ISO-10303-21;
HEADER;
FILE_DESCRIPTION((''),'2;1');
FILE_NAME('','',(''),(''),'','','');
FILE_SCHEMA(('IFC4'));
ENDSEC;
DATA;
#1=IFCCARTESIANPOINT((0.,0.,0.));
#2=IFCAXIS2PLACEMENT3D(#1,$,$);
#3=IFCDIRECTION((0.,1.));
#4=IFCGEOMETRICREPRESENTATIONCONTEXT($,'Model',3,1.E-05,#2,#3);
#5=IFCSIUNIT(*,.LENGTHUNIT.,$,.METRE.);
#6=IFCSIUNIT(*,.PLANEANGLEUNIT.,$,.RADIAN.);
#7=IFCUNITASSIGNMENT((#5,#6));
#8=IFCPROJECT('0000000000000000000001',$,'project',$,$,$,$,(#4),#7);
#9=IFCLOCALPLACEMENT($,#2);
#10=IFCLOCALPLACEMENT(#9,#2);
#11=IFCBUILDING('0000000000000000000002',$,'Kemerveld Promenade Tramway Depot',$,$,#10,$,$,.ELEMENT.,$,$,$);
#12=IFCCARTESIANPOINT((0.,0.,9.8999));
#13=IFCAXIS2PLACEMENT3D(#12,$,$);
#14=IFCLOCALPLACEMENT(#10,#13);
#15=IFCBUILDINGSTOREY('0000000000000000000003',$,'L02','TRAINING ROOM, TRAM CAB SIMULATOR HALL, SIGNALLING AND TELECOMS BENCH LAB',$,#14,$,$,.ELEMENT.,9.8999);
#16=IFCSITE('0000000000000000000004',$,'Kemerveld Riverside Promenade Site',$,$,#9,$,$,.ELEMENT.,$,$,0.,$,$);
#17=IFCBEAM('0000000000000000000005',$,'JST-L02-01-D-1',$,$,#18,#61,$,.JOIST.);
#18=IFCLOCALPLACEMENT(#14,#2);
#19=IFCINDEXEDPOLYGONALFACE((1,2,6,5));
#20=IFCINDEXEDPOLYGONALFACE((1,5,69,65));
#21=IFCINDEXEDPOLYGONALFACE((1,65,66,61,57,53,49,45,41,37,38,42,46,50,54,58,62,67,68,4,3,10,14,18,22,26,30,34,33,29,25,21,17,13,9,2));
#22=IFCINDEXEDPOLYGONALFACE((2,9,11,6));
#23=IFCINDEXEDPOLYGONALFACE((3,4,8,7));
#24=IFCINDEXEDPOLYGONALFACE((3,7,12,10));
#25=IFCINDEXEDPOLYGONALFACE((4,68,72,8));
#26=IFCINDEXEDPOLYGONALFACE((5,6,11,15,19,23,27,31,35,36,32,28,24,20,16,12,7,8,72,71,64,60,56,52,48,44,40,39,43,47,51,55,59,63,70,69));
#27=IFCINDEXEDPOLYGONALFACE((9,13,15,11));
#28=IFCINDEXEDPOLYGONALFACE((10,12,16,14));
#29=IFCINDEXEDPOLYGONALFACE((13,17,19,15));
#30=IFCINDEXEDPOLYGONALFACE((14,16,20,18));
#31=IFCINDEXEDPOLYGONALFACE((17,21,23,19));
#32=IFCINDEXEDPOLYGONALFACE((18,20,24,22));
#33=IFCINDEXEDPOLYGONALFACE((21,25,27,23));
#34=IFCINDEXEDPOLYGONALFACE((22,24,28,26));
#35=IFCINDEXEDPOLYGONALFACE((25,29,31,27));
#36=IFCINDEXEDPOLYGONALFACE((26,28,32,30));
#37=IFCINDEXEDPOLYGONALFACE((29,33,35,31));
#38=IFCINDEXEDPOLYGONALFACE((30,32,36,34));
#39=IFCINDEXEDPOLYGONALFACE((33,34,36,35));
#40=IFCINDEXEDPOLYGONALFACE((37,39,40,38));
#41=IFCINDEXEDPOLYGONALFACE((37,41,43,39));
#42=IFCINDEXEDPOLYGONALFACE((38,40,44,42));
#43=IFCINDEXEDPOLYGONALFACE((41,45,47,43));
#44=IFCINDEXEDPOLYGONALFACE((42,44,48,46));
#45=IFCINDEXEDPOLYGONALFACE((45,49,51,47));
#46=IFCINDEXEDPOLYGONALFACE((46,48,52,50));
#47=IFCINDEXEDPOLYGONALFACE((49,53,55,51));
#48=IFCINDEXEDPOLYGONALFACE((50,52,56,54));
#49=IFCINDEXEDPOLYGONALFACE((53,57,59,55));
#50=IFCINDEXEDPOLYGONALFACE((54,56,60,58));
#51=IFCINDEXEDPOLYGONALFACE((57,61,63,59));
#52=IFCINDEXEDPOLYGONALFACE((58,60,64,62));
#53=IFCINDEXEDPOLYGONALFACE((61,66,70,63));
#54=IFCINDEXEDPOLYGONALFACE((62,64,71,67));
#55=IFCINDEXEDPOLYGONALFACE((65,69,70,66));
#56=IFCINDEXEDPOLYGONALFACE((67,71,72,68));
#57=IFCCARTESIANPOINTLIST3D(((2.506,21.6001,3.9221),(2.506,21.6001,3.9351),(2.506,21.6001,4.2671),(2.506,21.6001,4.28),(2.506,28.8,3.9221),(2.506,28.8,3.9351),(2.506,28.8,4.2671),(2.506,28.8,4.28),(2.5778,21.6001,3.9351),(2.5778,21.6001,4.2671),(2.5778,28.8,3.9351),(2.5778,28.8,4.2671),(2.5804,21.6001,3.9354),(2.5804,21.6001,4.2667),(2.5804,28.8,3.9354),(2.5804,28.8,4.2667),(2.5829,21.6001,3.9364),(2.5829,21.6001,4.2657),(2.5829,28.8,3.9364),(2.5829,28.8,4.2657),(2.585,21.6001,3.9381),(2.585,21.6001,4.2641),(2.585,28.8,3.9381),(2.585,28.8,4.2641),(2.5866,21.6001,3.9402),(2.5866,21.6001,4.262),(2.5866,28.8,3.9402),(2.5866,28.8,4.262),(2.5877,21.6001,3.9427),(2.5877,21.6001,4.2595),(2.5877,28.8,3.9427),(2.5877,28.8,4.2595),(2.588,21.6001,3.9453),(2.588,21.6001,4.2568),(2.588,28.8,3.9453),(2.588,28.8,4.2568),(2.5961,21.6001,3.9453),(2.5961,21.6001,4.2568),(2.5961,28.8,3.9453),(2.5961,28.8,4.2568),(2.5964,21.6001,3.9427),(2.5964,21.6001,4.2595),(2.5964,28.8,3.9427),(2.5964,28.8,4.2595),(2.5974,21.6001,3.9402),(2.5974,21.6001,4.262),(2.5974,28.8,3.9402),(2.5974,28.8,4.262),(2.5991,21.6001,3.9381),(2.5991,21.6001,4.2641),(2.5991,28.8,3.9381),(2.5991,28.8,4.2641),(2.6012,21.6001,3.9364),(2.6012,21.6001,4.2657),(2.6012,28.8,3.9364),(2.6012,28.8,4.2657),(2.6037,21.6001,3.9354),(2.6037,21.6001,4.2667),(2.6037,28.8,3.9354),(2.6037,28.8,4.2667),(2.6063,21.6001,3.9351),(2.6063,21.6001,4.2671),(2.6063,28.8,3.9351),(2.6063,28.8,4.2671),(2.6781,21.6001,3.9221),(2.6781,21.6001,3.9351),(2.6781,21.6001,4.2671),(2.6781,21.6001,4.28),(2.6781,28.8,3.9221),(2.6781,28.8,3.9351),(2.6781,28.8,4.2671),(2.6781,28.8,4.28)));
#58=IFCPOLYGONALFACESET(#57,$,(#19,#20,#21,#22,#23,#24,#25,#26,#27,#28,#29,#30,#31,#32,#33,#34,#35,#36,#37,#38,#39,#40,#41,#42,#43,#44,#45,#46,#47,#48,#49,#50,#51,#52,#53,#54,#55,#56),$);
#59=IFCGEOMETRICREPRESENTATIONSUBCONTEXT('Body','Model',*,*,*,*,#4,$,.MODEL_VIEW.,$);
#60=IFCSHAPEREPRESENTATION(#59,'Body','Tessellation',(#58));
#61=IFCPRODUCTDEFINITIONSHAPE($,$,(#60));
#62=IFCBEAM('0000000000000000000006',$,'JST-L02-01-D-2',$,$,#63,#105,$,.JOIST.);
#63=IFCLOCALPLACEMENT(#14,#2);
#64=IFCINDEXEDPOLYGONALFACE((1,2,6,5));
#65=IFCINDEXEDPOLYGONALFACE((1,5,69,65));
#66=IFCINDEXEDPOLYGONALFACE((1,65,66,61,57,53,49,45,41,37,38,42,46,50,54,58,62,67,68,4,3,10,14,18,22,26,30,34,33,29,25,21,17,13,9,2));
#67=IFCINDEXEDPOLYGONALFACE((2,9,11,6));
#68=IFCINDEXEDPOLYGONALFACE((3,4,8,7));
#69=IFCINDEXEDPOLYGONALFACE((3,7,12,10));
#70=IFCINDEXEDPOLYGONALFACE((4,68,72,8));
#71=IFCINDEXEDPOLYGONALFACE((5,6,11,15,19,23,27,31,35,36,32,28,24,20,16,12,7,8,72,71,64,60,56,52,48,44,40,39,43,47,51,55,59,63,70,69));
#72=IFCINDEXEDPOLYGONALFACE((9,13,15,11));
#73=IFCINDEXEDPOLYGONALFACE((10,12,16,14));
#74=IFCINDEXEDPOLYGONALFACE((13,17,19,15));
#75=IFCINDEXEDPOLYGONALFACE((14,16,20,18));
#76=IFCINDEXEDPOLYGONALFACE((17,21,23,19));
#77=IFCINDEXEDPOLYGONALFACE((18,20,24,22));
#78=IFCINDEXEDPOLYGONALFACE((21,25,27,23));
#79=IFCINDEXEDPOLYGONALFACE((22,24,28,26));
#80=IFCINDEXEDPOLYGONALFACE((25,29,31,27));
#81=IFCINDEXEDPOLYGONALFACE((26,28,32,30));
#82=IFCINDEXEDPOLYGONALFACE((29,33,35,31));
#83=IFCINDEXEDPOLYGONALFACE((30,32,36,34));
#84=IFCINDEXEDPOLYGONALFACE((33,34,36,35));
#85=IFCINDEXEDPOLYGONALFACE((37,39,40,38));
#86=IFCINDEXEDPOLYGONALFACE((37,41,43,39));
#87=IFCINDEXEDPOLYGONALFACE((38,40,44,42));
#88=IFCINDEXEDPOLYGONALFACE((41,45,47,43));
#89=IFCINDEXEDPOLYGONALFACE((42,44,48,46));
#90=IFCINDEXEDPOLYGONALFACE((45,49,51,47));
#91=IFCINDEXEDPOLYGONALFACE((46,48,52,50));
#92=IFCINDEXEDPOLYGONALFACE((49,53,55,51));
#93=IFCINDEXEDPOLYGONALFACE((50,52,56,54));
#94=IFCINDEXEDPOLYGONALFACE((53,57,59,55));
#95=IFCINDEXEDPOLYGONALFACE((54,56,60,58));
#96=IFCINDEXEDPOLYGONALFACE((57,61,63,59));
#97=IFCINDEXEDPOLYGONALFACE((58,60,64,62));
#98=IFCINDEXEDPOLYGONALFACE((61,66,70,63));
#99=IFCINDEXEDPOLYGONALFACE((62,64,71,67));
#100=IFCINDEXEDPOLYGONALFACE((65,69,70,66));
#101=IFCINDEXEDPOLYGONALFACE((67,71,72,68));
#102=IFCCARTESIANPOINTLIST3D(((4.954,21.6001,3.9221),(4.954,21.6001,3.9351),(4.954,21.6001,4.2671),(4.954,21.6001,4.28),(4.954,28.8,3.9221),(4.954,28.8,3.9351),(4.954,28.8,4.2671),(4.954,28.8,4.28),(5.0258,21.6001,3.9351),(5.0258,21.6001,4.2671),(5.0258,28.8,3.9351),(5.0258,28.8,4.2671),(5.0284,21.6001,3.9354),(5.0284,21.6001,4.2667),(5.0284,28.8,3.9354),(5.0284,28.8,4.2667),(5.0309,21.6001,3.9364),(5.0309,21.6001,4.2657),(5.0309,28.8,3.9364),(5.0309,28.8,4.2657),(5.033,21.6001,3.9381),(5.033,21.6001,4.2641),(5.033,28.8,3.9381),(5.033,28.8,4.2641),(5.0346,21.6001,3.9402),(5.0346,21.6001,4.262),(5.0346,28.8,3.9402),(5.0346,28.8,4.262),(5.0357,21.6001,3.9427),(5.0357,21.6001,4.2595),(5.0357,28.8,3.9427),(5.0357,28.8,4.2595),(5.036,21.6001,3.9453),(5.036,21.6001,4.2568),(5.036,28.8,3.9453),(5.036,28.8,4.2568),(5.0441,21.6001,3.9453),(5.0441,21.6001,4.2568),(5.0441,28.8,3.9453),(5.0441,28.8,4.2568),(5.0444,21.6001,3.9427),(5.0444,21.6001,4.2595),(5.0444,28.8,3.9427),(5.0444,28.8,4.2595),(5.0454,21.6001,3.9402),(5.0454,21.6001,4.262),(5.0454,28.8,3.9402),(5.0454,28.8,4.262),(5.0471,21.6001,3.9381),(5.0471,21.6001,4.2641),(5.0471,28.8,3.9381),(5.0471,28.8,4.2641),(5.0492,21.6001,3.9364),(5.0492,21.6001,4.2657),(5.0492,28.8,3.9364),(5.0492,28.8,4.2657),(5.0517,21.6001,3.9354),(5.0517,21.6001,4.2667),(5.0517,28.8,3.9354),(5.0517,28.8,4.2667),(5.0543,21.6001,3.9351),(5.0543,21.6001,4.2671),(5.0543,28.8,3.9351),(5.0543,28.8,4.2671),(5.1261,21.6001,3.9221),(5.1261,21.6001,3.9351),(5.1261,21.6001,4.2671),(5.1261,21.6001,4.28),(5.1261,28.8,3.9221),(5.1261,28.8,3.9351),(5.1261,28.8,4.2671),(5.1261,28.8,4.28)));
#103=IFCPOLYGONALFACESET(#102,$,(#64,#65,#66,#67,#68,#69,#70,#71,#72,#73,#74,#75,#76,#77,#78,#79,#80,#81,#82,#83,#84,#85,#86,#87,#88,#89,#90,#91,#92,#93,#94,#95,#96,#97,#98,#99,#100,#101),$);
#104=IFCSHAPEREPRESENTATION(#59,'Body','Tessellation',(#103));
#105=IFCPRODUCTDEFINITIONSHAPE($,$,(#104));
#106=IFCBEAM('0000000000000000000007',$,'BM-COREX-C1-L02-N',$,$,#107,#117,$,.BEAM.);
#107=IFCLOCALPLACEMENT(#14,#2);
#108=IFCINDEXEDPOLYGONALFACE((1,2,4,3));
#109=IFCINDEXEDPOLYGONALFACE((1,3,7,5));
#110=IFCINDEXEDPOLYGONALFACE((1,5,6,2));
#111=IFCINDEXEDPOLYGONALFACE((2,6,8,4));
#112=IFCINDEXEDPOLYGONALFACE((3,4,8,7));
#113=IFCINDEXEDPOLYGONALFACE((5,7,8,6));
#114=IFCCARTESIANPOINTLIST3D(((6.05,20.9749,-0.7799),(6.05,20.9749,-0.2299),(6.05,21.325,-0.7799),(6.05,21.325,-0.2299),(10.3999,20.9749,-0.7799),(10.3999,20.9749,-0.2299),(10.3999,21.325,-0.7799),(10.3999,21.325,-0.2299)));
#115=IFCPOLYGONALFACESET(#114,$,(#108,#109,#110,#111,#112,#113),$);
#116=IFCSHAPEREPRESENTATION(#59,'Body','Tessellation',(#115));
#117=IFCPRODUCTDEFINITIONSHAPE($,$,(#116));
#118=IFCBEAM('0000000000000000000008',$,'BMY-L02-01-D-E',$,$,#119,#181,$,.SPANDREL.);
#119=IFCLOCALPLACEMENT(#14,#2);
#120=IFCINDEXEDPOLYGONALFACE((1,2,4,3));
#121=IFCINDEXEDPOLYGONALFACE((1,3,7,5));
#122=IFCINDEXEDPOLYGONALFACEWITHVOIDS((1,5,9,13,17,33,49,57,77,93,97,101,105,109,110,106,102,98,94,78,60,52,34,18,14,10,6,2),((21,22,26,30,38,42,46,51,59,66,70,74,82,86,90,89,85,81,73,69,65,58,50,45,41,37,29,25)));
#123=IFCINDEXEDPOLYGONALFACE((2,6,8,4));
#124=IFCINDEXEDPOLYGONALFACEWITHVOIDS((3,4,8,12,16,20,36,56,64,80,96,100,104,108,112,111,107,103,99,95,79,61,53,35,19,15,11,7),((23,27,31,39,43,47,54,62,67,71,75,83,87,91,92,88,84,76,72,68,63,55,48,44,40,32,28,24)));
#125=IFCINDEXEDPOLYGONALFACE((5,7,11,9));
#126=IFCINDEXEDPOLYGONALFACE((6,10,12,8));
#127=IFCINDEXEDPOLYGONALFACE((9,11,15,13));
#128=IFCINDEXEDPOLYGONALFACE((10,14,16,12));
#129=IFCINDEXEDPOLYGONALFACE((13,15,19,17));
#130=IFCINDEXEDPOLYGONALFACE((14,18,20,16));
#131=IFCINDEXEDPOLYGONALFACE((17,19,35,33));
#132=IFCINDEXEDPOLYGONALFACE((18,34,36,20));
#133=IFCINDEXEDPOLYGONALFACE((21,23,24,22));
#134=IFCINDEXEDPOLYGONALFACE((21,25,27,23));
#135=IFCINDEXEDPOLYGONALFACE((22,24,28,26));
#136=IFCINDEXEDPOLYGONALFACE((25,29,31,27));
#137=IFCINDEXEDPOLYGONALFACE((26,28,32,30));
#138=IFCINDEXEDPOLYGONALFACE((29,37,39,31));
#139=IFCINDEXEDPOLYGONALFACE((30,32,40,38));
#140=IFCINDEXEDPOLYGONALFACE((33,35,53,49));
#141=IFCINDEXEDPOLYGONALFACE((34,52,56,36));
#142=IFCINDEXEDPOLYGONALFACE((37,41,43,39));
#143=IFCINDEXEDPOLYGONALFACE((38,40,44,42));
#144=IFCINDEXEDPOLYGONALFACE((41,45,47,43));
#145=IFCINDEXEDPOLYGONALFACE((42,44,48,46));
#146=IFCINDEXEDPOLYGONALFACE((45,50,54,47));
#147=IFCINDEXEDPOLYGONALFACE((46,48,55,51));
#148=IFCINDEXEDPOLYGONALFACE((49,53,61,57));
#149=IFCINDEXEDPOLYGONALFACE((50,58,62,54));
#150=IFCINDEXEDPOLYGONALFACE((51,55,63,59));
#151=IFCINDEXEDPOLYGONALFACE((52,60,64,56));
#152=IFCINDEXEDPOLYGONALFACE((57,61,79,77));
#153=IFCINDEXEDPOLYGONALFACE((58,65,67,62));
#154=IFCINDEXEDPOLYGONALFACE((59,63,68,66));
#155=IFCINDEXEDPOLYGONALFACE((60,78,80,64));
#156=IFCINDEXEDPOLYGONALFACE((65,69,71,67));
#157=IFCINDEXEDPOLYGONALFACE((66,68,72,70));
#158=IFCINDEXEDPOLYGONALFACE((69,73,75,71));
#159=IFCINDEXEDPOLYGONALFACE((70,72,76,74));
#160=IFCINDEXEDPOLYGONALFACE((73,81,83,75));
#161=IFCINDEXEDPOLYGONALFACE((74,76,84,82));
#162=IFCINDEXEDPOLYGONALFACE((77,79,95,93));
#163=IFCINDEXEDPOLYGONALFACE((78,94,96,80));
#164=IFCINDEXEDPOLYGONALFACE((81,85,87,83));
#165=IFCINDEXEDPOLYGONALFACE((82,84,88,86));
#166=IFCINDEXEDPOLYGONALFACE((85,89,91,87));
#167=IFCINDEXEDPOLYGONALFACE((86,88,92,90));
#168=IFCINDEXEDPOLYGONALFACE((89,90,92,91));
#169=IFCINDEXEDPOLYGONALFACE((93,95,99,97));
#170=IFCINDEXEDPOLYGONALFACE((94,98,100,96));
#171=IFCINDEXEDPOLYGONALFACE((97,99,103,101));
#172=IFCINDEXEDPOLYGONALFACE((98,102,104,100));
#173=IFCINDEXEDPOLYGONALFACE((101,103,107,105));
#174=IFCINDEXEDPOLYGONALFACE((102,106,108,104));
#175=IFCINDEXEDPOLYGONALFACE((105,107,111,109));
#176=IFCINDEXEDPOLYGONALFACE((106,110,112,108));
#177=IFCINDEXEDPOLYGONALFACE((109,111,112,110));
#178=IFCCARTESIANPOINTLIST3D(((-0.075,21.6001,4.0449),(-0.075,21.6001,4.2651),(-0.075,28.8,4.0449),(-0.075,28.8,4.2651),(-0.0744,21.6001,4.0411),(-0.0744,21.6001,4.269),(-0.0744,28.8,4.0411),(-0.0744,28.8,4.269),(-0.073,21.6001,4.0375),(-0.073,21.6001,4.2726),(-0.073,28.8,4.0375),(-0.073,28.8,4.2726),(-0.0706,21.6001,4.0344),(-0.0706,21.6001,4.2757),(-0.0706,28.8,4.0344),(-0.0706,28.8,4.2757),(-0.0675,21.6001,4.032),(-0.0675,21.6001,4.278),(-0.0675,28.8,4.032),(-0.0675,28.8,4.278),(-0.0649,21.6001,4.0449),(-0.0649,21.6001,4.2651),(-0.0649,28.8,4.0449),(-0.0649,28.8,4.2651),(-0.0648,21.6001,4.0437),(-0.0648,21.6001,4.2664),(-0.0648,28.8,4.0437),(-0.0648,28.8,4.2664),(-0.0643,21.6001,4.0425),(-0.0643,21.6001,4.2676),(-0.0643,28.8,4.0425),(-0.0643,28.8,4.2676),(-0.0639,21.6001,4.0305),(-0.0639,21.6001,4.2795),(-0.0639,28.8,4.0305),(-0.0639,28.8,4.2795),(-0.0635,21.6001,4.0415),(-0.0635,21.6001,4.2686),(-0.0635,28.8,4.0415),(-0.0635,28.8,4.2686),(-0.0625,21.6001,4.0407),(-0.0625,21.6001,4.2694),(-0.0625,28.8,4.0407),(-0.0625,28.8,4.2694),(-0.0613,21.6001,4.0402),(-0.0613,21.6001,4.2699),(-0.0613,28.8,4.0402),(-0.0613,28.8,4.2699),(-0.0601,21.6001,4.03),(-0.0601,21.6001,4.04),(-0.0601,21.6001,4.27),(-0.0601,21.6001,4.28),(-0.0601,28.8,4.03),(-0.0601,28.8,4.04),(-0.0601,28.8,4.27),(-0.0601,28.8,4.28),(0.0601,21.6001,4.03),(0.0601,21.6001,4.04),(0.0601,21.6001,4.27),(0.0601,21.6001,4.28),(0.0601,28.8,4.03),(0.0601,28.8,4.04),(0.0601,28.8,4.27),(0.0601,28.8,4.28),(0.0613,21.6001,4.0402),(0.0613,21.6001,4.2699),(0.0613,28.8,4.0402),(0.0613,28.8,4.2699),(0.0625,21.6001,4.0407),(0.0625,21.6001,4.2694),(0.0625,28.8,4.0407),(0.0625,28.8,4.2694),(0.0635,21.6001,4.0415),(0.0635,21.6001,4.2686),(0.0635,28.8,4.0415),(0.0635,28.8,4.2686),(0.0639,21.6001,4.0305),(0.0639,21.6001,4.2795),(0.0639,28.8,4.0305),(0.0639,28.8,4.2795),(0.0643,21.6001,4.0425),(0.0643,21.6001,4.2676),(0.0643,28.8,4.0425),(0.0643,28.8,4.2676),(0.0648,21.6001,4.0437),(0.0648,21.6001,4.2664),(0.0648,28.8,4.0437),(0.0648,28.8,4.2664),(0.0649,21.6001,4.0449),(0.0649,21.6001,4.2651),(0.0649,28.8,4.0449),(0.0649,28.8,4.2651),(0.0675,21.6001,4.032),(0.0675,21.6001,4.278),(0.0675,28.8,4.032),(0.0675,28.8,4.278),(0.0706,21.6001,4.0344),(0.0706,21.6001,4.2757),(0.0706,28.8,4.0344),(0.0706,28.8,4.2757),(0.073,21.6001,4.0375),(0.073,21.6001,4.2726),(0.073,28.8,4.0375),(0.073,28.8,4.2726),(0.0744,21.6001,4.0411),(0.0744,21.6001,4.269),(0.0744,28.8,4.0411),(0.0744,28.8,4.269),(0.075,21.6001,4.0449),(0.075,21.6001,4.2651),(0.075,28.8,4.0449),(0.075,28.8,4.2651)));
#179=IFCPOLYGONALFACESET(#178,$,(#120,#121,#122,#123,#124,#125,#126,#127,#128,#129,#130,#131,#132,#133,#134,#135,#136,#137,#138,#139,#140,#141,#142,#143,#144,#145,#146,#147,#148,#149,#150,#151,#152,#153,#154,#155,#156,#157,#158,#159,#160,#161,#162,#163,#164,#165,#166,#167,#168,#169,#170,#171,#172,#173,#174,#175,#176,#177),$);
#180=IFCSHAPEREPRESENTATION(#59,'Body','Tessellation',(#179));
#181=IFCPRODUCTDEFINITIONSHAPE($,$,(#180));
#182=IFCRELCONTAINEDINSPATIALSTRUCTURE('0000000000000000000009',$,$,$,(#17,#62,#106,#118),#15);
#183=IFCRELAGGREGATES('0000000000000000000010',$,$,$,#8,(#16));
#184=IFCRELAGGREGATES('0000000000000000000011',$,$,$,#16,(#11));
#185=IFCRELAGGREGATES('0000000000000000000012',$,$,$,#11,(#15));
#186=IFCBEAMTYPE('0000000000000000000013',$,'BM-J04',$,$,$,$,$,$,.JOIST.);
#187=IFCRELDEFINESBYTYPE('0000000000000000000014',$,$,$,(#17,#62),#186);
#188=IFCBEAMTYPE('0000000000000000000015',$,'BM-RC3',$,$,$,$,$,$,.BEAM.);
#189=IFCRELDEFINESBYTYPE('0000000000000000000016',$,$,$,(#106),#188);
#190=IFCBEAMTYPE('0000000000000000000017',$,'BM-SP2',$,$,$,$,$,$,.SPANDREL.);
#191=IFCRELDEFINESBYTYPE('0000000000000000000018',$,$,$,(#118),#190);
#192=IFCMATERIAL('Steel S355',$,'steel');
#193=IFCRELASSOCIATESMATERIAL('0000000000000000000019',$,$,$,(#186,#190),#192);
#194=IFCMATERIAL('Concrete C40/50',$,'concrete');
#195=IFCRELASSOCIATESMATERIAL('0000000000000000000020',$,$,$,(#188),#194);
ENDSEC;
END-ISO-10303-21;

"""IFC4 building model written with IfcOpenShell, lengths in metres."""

from ifc_helpers import new_model, si_unit, direction, frame, origin, origin_2d, place, context, subcontext, project, spatial, rectangle, hollow_rectangle, i_section, extrude, material, material_profile, profile_set, type_object, element, save


model = new_model("IFC4")

# Units and contexts
model_context = context("Model", 3, precision=1e-05, world=origin(), true_north=direction((0.0, 1.0)))
body_context = subcontext(model_context, "Body", "Model", "MODEL_VIEW")
ifc_project = project(units=[si_unit("LENGTHUNIT", "METRE"), si_unit("PLANEANGLEUNIT", "RADIAN")], contexts=[model_context])

# Site, building, storey
site_placement = place(None, origin())
site = spatial("IfcSite", under=ifc_project, at=site_placement, Name="Kemerveld Riverside Promenade Site", CompositionType="ELEMENT", RefElevation=0.0)
building_placement = place(site_placement, origin())
building = spatial("IfcBuilding", under=site, at=building_placement, Name="Kemerveld Promenade Tramway Depot", CompositionType="ELEMENT")
storey_placement = place(building_placement, frame((0.0, 0.0, 9.8999)))
storey = spatial("IfcBuildingStorey", under=building, at=storey_placement, Name="L02", Description="TRAINING ROOM, TRAM CAB SIMULATOR HALL, SIGNALLING AND TELECOMS BENCH LAB", CompositionType="ELEMENT", Elevation=9.8999)

# Shared definitions
ifc_material_1 = material(Name="Steel S355", Category="steel")

# Beams
ifc_material_profile_1 = material_profile(ifc_material_1, i_section(OverallWidth=0.1721, OverallDepth=0.3579, WebThickness=0.0081, FlangeThickness=0.0129, FilletRadius=0.0103, at=origin_2d()), Name="356x171x57 UB")
ifc_profile_set_1 = profile_set([ifc_material_profile_1], Name="Steel S355")
beam_type_1 = type_object("IfcBeamType", Name="BM-J04", PredefinedType="JOIST", material=ifc_profile_set_1)
for number, where, z_axis, x_axis, name in (
    (1, (2.592, 21.6001, 4.1011), (0.0, 1.0, 0.0), (-1.0, 0.0, 0.0), "JST-L02-01-D-1"),
    (2, (5.04, 21.6001, 4.1011), (0.0, 1.0, 0.0), (-1.0, 0.0, 0.0), "JST-L02-01-D-2"),
):
    element("IfcBeam", number, at=place(storey_placement, frame(where, z_axis=z_axis, x_axis=x_axis)), inside=storey, type_object=beam_type_1, Name=name, PredefinedType="JOIST", context=body_context, shape_type="SweptSolid", body=[
        extrude(i_section(OverallWidth=0.1721, OverallDepth=0.3579, WebThickness=0.0081, FlangeThickness=0.0129, FilletRadius=0.0103, at=origin_2d()), origin(), (0.0, 0.0, 1.0), 7.2),
    ])
ifc_material_2 = material(Name="Concrete C40/50", Category="concrete")
ifc_material_profile_2 = material_profile(ifc_material_2, rectangle(XDim=0.3501, YDim=0.55, at=origin_2d()), Name="RC-BM-350x550")
ifc_profile_set_2 = profile_set([ifc_material_profile_2], Name="Concrete C40/50")
beam_type_2 = type_object("IfcBeamType", Name="BM-RC3", PredefinedType="BEAM", material=ifc_profile_set_2)
beam_1_placement = place(storey_placement, frame((6.05, 21.1499, -0.5049), z_axis=(1.0, 0.0, 0.0), x_axis=(0.0, 1.0, 0.0)))
element("IfcBeam", 3, at=beam_1_placement, inside=storey, type_object=beam_type_2, Name="BM-COREX-C1-L02-N", PredefinedType="BEAM", context=body_context, shape_type="SweptSolid", body=[
    extrude(rectangle(XDim=0.3501, YDim=0.55, at=origin_2d()), origin(), (0.0, 0.0, 1.0), 4.3499),
])
ifc_material_profile_3 = material_profile(ifc_material_1, hollow_rectangle(XDim=0.1499, YDim=0.25, WallThickness=0.01, InnerFilletRadius=0.0049, OuterFilletRadius=0.0149, at=origin_2d()), Name="250x150x10.0 RHS")
ifc_profile_set_3 = profile_set([ifc_material_profile_3], Name="Steel S355")
beam_type_3 = type_object("IfcBeamType", Name="BM-SP2", PredefinedType="SPANDREL", material=ifc_profile_set_3)
beam_2_placement = place(storey_placement, frame((0.0, 21.6001, 4.155), z_axis=(0.0, 1.0, 0.0), x_axis=(-1.0, 0.0, 0.0)))
element("IfcBeam", 4, at=beam_2_placement, inside=storey, type_object=beam_type_3, Name="BMY-L02-01-D-E", PredefinedType="SPANDREL", context=body_context, shape_type="SweptSolid", body=[
    extrude(hollow_rectangle(XDim=0.1499, YDim=0.25, WallThickness=0.01, InnerFilletRadius=0.0049, OuterFilletRadius=0.0149, at=origin_2d()), origin(), (0.0, 0.0, 1.0), 7.2),
])

save(model, "model.ifc")
